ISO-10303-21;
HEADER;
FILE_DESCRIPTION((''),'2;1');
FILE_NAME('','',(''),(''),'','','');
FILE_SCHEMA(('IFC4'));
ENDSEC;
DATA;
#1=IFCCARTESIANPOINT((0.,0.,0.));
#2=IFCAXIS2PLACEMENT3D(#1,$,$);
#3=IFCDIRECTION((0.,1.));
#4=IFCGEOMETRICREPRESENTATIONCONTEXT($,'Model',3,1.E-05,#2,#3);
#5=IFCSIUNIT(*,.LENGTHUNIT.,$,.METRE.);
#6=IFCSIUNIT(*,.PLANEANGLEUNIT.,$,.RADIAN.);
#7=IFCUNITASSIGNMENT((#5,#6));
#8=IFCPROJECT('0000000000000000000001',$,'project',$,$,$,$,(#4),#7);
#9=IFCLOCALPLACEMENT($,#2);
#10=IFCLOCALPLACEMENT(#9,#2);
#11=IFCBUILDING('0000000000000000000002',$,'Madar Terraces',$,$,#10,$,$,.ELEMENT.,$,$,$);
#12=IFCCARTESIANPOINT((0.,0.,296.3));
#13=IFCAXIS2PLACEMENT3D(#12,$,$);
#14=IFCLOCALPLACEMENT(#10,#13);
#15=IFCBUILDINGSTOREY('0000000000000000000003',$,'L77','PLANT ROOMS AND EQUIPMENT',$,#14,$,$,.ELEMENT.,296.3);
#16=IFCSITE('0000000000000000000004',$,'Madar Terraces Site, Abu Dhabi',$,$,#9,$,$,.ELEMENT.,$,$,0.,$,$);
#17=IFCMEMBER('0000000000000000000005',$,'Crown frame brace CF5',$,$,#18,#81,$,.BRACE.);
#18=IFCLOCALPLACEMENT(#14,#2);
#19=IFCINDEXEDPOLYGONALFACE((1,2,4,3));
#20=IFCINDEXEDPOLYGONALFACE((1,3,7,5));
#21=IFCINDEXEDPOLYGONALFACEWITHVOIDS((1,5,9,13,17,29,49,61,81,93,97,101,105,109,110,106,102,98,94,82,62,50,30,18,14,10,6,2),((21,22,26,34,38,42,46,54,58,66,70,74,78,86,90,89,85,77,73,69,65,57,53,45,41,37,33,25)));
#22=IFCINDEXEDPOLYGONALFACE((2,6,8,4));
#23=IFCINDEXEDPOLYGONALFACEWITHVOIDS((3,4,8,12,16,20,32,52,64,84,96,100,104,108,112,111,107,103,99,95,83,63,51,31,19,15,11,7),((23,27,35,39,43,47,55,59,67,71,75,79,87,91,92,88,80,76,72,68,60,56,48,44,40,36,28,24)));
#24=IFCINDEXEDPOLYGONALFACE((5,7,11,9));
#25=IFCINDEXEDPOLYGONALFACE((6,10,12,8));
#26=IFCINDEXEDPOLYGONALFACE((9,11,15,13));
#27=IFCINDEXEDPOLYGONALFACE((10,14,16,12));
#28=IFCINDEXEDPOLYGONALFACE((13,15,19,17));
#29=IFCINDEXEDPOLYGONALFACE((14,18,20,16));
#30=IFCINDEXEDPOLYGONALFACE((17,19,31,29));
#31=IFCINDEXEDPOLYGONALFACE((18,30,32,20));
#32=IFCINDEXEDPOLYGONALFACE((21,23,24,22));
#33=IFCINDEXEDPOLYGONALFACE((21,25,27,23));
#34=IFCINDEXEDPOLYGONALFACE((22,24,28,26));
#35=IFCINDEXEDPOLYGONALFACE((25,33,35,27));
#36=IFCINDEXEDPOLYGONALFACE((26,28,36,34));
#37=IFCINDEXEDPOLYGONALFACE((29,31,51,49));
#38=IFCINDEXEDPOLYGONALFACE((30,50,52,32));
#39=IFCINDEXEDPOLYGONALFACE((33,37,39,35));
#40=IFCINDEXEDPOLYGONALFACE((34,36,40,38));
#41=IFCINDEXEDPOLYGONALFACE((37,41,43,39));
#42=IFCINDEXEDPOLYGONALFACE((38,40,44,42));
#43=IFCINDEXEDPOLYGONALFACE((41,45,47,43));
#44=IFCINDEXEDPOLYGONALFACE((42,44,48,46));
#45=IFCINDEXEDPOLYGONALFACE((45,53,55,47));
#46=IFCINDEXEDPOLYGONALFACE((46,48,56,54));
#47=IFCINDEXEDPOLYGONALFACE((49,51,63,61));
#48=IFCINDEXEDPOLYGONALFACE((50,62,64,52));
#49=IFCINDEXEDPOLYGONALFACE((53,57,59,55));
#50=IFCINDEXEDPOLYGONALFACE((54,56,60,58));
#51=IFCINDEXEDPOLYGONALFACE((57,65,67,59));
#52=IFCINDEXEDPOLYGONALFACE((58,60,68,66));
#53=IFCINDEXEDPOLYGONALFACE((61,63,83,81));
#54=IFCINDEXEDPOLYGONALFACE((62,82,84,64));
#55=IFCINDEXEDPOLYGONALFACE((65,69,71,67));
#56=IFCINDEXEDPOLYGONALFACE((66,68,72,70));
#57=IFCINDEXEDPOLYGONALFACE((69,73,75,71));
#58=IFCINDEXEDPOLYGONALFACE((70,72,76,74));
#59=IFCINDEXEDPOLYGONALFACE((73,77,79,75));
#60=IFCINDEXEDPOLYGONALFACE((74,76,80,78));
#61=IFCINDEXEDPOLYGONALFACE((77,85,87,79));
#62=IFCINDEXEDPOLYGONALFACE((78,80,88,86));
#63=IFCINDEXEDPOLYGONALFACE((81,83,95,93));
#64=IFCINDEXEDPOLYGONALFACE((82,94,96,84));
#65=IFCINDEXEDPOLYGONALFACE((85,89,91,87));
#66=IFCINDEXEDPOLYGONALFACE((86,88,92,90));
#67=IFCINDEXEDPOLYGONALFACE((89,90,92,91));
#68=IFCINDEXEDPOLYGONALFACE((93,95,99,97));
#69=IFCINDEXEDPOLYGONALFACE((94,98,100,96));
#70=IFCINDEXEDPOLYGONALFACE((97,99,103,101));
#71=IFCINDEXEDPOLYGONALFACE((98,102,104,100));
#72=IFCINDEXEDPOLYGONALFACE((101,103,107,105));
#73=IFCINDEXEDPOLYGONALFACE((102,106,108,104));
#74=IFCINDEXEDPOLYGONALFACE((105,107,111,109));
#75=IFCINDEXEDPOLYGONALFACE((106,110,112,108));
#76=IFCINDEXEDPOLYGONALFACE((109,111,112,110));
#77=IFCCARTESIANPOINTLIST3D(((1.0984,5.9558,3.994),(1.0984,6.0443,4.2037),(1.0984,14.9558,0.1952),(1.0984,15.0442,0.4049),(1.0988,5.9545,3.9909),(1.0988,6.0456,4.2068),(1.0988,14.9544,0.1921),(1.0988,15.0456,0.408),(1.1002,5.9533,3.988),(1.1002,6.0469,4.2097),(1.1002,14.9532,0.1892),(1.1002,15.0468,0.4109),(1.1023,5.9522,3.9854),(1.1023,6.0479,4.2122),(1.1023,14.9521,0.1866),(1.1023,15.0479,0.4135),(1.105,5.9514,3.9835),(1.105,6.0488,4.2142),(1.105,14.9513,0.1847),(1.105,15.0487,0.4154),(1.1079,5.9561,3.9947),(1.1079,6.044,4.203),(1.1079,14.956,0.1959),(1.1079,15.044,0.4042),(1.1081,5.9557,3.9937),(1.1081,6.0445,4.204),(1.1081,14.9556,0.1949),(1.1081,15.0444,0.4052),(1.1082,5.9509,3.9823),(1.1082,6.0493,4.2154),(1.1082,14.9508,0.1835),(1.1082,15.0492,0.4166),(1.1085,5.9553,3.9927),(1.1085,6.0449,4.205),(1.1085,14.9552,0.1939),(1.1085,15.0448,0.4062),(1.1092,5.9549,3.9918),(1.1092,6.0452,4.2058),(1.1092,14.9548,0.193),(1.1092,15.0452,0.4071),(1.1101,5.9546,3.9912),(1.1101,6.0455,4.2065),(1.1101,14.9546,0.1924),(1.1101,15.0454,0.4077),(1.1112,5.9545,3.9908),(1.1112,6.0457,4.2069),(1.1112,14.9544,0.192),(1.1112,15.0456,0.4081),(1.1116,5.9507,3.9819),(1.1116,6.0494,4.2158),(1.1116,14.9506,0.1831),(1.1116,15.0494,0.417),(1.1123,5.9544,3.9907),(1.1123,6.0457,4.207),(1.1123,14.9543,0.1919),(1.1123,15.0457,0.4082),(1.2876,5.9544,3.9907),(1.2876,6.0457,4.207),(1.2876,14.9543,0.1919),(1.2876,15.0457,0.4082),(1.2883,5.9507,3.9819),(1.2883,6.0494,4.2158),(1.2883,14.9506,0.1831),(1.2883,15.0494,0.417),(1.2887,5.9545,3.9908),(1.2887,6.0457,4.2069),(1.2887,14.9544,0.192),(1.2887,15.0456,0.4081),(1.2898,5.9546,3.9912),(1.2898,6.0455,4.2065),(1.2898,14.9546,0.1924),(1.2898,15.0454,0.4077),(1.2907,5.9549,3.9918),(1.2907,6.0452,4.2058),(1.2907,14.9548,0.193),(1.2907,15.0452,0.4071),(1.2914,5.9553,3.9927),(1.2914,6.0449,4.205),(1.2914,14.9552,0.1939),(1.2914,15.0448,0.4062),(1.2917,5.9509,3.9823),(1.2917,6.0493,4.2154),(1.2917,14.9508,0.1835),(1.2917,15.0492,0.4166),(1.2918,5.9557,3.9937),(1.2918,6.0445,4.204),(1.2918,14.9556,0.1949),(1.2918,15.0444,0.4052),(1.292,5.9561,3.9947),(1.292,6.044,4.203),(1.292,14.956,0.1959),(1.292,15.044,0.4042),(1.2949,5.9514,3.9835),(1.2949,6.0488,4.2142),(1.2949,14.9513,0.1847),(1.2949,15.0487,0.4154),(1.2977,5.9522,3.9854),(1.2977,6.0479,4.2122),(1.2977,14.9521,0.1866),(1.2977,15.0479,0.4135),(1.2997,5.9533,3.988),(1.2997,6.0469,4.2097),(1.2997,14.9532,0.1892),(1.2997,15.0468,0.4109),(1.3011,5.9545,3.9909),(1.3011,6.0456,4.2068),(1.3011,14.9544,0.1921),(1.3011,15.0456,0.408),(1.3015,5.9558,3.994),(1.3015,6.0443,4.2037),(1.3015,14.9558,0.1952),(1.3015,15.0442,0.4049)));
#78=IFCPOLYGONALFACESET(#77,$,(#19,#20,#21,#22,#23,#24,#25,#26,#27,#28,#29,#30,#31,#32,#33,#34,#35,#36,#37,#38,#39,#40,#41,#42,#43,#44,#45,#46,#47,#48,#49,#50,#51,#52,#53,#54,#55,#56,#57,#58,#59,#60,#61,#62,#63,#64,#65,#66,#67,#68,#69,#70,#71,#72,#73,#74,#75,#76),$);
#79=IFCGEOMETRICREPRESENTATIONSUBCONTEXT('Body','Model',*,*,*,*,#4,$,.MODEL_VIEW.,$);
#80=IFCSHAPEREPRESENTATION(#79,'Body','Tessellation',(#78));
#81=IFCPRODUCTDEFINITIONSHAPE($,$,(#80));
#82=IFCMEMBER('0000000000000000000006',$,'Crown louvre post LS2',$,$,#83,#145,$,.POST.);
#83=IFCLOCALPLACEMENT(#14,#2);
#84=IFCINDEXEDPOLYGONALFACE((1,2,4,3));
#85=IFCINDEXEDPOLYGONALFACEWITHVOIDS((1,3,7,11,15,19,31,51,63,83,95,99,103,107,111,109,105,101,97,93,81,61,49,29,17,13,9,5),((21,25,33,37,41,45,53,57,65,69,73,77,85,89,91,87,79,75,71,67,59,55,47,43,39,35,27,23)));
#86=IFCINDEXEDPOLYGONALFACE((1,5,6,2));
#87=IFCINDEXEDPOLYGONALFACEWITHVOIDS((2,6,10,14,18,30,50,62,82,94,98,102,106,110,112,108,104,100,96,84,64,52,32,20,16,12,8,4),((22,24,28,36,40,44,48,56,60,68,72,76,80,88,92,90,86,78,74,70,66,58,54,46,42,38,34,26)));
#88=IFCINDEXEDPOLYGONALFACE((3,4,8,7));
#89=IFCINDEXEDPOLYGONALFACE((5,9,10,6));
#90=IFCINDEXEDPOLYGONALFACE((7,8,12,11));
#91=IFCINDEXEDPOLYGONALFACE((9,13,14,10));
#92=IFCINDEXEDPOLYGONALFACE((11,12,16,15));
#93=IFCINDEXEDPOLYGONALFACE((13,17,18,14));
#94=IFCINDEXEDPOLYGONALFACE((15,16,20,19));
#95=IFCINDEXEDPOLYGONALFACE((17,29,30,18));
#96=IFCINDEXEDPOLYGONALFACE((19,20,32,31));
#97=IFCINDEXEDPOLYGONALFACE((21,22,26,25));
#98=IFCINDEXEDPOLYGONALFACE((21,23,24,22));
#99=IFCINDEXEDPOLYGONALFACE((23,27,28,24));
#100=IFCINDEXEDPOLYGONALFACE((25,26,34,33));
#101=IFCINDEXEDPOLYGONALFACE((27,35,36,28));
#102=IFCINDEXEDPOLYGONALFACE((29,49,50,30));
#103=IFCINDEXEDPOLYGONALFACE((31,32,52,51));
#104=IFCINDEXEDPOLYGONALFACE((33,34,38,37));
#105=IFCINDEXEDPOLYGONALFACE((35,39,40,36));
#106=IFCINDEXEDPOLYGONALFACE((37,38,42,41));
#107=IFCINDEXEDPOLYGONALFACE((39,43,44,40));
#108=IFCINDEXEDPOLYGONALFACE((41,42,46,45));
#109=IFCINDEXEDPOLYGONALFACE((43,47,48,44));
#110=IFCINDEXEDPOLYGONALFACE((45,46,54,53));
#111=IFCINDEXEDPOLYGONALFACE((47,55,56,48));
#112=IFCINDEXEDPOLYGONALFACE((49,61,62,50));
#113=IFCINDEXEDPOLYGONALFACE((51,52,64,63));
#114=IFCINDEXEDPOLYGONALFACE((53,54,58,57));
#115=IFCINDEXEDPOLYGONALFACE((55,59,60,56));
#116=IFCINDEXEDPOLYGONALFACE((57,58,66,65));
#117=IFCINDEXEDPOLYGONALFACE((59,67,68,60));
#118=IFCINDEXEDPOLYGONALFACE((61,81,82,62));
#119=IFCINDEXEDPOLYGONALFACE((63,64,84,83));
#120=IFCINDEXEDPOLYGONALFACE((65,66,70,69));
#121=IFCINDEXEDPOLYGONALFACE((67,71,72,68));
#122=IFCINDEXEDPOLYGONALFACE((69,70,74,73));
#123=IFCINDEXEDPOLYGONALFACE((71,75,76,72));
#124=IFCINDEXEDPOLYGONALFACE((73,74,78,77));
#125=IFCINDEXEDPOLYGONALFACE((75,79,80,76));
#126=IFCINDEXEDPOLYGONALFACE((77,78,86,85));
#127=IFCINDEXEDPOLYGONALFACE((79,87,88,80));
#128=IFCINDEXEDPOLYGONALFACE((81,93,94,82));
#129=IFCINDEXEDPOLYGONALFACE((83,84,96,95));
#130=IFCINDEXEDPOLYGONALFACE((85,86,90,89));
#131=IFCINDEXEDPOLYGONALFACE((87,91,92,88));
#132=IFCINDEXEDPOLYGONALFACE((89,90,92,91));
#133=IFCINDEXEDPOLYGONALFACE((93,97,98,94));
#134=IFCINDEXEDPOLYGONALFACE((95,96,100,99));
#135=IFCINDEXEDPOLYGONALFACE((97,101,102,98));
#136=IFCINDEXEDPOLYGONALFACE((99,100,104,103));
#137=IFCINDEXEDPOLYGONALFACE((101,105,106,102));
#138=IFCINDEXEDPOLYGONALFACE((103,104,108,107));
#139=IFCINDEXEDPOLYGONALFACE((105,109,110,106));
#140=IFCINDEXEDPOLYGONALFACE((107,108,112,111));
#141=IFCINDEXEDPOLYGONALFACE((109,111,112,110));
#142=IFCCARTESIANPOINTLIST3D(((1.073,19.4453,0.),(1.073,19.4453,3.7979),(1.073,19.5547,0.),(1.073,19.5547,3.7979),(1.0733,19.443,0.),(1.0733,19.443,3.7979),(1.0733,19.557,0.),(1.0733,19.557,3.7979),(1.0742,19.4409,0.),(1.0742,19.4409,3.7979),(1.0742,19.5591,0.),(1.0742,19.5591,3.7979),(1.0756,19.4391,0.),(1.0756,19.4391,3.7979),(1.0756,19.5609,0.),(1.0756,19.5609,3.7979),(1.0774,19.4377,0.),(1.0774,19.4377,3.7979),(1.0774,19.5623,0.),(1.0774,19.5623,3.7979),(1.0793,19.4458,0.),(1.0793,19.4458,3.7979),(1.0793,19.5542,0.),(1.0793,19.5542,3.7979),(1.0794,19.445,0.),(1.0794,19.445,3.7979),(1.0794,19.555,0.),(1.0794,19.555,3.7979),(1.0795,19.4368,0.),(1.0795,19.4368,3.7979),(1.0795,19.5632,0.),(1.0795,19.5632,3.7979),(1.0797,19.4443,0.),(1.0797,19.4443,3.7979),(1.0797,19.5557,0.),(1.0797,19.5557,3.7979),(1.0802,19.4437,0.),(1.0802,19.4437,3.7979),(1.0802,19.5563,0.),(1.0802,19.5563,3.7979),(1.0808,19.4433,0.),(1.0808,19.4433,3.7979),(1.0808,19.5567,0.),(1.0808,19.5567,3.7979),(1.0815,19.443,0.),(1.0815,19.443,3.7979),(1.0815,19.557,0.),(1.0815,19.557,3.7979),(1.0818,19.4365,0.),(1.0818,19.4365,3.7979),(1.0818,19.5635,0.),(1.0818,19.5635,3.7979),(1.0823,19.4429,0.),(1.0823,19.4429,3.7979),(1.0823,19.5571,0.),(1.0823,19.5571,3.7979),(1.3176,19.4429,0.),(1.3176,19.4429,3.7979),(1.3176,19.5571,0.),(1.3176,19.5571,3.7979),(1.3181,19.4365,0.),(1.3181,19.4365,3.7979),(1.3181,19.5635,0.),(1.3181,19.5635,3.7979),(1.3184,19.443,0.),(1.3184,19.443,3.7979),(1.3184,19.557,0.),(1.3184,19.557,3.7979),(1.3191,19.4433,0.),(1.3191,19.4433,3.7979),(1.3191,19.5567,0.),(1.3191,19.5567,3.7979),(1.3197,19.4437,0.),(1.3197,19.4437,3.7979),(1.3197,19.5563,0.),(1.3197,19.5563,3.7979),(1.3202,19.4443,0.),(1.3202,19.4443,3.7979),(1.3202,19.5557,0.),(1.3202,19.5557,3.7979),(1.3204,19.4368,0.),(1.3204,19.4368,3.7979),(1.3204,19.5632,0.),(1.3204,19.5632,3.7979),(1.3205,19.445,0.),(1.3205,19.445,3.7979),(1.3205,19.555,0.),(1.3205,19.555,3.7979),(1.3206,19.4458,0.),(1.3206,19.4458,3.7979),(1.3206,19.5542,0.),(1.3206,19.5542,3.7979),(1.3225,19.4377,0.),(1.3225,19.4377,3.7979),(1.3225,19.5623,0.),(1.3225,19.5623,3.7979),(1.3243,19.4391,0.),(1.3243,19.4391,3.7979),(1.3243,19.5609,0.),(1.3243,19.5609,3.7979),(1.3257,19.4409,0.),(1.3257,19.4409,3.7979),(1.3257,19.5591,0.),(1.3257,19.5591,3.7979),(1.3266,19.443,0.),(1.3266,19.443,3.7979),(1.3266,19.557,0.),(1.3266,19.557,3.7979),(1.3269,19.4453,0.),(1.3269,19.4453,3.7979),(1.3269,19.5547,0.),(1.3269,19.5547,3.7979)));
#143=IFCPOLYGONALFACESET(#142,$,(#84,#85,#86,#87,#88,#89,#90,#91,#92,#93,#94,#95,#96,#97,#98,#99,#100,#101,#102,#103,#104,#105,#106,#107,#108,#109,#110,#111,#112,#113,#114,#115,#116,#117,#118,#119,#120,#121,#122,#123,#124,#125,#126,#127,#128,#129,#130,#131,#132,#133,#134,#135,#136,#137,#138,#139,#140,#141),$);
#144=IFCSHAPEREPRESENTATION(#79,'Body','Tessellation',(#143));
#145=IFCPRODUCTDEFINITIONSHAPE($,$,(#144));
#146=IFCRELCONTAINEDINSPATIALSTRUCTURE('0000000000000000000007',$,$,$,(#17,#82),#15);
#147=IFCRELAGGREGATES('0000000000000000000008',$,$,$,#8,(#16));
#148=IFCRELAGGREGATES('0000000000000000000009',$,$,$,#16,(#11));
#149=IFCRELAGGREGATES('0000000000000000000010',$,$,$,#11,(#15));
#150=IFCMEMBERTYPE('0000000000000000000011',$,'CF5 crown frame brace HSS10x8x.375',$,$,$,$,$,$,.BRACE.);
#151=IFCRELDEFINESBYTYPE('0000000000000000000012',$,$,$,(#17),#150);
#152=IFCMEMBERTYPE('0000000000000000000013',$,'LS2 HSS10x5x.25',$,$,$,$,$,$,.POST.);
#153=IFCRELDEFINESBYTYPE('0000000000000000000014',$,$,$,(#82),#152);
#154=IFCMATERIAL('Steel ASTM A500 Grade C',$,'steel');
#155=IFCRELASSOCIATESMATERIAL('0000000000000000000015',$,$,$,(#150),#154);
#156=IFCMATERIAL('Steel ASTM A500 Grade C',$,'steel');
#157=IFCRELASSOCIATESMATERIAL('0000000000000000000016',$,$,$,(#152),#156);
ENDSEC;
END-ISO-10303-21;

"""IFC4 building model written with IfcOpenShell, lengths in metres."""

from ifc_helpers import new_model, si_unit, direction, frame, origin, origin_2d, place, context, subcontext, project, spatial, hollow_rectangle, extrude, material, material_profile, profile_set, type_object, element, save


model = new_model("IFC4")

# Units and contexts
model_context = context("Model", 3, precision=1e-05, world=origin(), true_north=direction((0.0, 1.0)))
body_context = subcontext(model_context, "Body", "Model", "MODEL_VIEW")
ifc_project = project(units=[si_unit("LENGTHUNIT", "METRE"), si_unit("PLANEANGLEUNIT", "RADIAN")], contexts=[model_context])

# Site, building, storey
site_placement = place(None, origin())
site = spatial("IfcSite", under=ifc_project, at=site_placement, Name="Madar Terraces Site, Abu Dhabi", CompositionType="ELEMENT", RefElevation=0.0)
building_placement = place(site_placement, origin())
building = spatial("IfcBuilding", under=site, at=building_placement, Name="Madar Terraces", CompositionType="ELEMENT")
storey_placement = place(building_placement, frame((0.0, 0.0, 296.3)))
storey = spatial("IfcBuildingStorey", under=building, at=storey_placement, Name="L77", Description="PLANT ROOMS AND EQUIPMENT", CompositionType="ELEMENT", Elevation=296.3)

# Members
ifc_material_1 = material(Name="Steel ASTM A500 Grade C", Category="steel")
ifc_material_profile_1 = material_profile(ifc_material_1, hollow_rectangle(XDim=0.2031, YDim=0.2539, WallThickness=0.0095, InnerFilletRadius=0.0044, OuterFilletRadius=0.0132, at=origin_2d()), Name="HSS10x8x.375")
ifc_profile_set_1 = profile_set([ifc_material_profile_1], Name="Steel ASTM A500 Grade C")
member_type_1 = type_object("IfcMemberType", Name="CF5 crown frame brace HSS10x8x.375", PredefinedType="BRACE", material=ifc_profile_set_1)
member_1_placement = place(storey_placement, frame((1.2, 15.0, 0.3), z_axis=(0.0, -0.921293, 0.38887), x_axis=(1.0, 0.0, 0.0)))
element("IfcMember", 1, at=member_1_placement, inside=storey, type_object=member_type_1, Name="Crown frame brace CF5", PredefinedType="BRACE", context=body_context, shape_type="SweptSolid", body=[
    extrude(hollow_rectangle(XDim=0.2031, YDim=0.2539, WallThickness=0.0095, InnerFilletRadius=0.0044, OuterFilletRadius=0.0132, at=origin_2d()), origin(), (0.0, 0.0, 1.0), 9.7688),
])
ifc_material_2 = material(Name="Steel ASTM A500 Grade C", Category="steel")
ifc_material_profile_2 = material_profile(ifc_material_2, hollow_rectangle(XDim=0.127, YDim=0.2539, WallThickness=0.0063, InnerFilletRadius=0.0029, OuterFilletRadius=0.0088, at=origin_2d()), Name="HSS10x5x.25")
ifc_profile_set_2 = profile_set([ifc_material_profile_2], Name="Steel ASTM A500 Grade C")
member_type_2 = type_object("IfcMemberType", Name="LS2 HSS10x5x.25", PredefinedType="POST", material=ifc_profile_set_2)
member_2_placement = place(storey_placement, frame((1.2, 19.5, 0.0), z_axis=(0.0, 0.0, 1.0), x_axis=(0.0, -1.0, 0.0)))
element("IfcMember", 2, at=member_2_placement, inside=storey, type_object=member_type_2, Name="Crown louvre post LS2", PredefinedType="POST", context=body_context, shape_type="SweptSolid", body=[
    extrude(hollow_rectangle(XDim=0.127, YDim=0.2539, WallThickness=0.0063, InnerFilletRadius=0.0029, OuterFilletRadius=0.0088, at=origin_2d()), origin(), (0.0, 0.0, 1.0), 3.7979),
])

save(model, "model.ifc")
